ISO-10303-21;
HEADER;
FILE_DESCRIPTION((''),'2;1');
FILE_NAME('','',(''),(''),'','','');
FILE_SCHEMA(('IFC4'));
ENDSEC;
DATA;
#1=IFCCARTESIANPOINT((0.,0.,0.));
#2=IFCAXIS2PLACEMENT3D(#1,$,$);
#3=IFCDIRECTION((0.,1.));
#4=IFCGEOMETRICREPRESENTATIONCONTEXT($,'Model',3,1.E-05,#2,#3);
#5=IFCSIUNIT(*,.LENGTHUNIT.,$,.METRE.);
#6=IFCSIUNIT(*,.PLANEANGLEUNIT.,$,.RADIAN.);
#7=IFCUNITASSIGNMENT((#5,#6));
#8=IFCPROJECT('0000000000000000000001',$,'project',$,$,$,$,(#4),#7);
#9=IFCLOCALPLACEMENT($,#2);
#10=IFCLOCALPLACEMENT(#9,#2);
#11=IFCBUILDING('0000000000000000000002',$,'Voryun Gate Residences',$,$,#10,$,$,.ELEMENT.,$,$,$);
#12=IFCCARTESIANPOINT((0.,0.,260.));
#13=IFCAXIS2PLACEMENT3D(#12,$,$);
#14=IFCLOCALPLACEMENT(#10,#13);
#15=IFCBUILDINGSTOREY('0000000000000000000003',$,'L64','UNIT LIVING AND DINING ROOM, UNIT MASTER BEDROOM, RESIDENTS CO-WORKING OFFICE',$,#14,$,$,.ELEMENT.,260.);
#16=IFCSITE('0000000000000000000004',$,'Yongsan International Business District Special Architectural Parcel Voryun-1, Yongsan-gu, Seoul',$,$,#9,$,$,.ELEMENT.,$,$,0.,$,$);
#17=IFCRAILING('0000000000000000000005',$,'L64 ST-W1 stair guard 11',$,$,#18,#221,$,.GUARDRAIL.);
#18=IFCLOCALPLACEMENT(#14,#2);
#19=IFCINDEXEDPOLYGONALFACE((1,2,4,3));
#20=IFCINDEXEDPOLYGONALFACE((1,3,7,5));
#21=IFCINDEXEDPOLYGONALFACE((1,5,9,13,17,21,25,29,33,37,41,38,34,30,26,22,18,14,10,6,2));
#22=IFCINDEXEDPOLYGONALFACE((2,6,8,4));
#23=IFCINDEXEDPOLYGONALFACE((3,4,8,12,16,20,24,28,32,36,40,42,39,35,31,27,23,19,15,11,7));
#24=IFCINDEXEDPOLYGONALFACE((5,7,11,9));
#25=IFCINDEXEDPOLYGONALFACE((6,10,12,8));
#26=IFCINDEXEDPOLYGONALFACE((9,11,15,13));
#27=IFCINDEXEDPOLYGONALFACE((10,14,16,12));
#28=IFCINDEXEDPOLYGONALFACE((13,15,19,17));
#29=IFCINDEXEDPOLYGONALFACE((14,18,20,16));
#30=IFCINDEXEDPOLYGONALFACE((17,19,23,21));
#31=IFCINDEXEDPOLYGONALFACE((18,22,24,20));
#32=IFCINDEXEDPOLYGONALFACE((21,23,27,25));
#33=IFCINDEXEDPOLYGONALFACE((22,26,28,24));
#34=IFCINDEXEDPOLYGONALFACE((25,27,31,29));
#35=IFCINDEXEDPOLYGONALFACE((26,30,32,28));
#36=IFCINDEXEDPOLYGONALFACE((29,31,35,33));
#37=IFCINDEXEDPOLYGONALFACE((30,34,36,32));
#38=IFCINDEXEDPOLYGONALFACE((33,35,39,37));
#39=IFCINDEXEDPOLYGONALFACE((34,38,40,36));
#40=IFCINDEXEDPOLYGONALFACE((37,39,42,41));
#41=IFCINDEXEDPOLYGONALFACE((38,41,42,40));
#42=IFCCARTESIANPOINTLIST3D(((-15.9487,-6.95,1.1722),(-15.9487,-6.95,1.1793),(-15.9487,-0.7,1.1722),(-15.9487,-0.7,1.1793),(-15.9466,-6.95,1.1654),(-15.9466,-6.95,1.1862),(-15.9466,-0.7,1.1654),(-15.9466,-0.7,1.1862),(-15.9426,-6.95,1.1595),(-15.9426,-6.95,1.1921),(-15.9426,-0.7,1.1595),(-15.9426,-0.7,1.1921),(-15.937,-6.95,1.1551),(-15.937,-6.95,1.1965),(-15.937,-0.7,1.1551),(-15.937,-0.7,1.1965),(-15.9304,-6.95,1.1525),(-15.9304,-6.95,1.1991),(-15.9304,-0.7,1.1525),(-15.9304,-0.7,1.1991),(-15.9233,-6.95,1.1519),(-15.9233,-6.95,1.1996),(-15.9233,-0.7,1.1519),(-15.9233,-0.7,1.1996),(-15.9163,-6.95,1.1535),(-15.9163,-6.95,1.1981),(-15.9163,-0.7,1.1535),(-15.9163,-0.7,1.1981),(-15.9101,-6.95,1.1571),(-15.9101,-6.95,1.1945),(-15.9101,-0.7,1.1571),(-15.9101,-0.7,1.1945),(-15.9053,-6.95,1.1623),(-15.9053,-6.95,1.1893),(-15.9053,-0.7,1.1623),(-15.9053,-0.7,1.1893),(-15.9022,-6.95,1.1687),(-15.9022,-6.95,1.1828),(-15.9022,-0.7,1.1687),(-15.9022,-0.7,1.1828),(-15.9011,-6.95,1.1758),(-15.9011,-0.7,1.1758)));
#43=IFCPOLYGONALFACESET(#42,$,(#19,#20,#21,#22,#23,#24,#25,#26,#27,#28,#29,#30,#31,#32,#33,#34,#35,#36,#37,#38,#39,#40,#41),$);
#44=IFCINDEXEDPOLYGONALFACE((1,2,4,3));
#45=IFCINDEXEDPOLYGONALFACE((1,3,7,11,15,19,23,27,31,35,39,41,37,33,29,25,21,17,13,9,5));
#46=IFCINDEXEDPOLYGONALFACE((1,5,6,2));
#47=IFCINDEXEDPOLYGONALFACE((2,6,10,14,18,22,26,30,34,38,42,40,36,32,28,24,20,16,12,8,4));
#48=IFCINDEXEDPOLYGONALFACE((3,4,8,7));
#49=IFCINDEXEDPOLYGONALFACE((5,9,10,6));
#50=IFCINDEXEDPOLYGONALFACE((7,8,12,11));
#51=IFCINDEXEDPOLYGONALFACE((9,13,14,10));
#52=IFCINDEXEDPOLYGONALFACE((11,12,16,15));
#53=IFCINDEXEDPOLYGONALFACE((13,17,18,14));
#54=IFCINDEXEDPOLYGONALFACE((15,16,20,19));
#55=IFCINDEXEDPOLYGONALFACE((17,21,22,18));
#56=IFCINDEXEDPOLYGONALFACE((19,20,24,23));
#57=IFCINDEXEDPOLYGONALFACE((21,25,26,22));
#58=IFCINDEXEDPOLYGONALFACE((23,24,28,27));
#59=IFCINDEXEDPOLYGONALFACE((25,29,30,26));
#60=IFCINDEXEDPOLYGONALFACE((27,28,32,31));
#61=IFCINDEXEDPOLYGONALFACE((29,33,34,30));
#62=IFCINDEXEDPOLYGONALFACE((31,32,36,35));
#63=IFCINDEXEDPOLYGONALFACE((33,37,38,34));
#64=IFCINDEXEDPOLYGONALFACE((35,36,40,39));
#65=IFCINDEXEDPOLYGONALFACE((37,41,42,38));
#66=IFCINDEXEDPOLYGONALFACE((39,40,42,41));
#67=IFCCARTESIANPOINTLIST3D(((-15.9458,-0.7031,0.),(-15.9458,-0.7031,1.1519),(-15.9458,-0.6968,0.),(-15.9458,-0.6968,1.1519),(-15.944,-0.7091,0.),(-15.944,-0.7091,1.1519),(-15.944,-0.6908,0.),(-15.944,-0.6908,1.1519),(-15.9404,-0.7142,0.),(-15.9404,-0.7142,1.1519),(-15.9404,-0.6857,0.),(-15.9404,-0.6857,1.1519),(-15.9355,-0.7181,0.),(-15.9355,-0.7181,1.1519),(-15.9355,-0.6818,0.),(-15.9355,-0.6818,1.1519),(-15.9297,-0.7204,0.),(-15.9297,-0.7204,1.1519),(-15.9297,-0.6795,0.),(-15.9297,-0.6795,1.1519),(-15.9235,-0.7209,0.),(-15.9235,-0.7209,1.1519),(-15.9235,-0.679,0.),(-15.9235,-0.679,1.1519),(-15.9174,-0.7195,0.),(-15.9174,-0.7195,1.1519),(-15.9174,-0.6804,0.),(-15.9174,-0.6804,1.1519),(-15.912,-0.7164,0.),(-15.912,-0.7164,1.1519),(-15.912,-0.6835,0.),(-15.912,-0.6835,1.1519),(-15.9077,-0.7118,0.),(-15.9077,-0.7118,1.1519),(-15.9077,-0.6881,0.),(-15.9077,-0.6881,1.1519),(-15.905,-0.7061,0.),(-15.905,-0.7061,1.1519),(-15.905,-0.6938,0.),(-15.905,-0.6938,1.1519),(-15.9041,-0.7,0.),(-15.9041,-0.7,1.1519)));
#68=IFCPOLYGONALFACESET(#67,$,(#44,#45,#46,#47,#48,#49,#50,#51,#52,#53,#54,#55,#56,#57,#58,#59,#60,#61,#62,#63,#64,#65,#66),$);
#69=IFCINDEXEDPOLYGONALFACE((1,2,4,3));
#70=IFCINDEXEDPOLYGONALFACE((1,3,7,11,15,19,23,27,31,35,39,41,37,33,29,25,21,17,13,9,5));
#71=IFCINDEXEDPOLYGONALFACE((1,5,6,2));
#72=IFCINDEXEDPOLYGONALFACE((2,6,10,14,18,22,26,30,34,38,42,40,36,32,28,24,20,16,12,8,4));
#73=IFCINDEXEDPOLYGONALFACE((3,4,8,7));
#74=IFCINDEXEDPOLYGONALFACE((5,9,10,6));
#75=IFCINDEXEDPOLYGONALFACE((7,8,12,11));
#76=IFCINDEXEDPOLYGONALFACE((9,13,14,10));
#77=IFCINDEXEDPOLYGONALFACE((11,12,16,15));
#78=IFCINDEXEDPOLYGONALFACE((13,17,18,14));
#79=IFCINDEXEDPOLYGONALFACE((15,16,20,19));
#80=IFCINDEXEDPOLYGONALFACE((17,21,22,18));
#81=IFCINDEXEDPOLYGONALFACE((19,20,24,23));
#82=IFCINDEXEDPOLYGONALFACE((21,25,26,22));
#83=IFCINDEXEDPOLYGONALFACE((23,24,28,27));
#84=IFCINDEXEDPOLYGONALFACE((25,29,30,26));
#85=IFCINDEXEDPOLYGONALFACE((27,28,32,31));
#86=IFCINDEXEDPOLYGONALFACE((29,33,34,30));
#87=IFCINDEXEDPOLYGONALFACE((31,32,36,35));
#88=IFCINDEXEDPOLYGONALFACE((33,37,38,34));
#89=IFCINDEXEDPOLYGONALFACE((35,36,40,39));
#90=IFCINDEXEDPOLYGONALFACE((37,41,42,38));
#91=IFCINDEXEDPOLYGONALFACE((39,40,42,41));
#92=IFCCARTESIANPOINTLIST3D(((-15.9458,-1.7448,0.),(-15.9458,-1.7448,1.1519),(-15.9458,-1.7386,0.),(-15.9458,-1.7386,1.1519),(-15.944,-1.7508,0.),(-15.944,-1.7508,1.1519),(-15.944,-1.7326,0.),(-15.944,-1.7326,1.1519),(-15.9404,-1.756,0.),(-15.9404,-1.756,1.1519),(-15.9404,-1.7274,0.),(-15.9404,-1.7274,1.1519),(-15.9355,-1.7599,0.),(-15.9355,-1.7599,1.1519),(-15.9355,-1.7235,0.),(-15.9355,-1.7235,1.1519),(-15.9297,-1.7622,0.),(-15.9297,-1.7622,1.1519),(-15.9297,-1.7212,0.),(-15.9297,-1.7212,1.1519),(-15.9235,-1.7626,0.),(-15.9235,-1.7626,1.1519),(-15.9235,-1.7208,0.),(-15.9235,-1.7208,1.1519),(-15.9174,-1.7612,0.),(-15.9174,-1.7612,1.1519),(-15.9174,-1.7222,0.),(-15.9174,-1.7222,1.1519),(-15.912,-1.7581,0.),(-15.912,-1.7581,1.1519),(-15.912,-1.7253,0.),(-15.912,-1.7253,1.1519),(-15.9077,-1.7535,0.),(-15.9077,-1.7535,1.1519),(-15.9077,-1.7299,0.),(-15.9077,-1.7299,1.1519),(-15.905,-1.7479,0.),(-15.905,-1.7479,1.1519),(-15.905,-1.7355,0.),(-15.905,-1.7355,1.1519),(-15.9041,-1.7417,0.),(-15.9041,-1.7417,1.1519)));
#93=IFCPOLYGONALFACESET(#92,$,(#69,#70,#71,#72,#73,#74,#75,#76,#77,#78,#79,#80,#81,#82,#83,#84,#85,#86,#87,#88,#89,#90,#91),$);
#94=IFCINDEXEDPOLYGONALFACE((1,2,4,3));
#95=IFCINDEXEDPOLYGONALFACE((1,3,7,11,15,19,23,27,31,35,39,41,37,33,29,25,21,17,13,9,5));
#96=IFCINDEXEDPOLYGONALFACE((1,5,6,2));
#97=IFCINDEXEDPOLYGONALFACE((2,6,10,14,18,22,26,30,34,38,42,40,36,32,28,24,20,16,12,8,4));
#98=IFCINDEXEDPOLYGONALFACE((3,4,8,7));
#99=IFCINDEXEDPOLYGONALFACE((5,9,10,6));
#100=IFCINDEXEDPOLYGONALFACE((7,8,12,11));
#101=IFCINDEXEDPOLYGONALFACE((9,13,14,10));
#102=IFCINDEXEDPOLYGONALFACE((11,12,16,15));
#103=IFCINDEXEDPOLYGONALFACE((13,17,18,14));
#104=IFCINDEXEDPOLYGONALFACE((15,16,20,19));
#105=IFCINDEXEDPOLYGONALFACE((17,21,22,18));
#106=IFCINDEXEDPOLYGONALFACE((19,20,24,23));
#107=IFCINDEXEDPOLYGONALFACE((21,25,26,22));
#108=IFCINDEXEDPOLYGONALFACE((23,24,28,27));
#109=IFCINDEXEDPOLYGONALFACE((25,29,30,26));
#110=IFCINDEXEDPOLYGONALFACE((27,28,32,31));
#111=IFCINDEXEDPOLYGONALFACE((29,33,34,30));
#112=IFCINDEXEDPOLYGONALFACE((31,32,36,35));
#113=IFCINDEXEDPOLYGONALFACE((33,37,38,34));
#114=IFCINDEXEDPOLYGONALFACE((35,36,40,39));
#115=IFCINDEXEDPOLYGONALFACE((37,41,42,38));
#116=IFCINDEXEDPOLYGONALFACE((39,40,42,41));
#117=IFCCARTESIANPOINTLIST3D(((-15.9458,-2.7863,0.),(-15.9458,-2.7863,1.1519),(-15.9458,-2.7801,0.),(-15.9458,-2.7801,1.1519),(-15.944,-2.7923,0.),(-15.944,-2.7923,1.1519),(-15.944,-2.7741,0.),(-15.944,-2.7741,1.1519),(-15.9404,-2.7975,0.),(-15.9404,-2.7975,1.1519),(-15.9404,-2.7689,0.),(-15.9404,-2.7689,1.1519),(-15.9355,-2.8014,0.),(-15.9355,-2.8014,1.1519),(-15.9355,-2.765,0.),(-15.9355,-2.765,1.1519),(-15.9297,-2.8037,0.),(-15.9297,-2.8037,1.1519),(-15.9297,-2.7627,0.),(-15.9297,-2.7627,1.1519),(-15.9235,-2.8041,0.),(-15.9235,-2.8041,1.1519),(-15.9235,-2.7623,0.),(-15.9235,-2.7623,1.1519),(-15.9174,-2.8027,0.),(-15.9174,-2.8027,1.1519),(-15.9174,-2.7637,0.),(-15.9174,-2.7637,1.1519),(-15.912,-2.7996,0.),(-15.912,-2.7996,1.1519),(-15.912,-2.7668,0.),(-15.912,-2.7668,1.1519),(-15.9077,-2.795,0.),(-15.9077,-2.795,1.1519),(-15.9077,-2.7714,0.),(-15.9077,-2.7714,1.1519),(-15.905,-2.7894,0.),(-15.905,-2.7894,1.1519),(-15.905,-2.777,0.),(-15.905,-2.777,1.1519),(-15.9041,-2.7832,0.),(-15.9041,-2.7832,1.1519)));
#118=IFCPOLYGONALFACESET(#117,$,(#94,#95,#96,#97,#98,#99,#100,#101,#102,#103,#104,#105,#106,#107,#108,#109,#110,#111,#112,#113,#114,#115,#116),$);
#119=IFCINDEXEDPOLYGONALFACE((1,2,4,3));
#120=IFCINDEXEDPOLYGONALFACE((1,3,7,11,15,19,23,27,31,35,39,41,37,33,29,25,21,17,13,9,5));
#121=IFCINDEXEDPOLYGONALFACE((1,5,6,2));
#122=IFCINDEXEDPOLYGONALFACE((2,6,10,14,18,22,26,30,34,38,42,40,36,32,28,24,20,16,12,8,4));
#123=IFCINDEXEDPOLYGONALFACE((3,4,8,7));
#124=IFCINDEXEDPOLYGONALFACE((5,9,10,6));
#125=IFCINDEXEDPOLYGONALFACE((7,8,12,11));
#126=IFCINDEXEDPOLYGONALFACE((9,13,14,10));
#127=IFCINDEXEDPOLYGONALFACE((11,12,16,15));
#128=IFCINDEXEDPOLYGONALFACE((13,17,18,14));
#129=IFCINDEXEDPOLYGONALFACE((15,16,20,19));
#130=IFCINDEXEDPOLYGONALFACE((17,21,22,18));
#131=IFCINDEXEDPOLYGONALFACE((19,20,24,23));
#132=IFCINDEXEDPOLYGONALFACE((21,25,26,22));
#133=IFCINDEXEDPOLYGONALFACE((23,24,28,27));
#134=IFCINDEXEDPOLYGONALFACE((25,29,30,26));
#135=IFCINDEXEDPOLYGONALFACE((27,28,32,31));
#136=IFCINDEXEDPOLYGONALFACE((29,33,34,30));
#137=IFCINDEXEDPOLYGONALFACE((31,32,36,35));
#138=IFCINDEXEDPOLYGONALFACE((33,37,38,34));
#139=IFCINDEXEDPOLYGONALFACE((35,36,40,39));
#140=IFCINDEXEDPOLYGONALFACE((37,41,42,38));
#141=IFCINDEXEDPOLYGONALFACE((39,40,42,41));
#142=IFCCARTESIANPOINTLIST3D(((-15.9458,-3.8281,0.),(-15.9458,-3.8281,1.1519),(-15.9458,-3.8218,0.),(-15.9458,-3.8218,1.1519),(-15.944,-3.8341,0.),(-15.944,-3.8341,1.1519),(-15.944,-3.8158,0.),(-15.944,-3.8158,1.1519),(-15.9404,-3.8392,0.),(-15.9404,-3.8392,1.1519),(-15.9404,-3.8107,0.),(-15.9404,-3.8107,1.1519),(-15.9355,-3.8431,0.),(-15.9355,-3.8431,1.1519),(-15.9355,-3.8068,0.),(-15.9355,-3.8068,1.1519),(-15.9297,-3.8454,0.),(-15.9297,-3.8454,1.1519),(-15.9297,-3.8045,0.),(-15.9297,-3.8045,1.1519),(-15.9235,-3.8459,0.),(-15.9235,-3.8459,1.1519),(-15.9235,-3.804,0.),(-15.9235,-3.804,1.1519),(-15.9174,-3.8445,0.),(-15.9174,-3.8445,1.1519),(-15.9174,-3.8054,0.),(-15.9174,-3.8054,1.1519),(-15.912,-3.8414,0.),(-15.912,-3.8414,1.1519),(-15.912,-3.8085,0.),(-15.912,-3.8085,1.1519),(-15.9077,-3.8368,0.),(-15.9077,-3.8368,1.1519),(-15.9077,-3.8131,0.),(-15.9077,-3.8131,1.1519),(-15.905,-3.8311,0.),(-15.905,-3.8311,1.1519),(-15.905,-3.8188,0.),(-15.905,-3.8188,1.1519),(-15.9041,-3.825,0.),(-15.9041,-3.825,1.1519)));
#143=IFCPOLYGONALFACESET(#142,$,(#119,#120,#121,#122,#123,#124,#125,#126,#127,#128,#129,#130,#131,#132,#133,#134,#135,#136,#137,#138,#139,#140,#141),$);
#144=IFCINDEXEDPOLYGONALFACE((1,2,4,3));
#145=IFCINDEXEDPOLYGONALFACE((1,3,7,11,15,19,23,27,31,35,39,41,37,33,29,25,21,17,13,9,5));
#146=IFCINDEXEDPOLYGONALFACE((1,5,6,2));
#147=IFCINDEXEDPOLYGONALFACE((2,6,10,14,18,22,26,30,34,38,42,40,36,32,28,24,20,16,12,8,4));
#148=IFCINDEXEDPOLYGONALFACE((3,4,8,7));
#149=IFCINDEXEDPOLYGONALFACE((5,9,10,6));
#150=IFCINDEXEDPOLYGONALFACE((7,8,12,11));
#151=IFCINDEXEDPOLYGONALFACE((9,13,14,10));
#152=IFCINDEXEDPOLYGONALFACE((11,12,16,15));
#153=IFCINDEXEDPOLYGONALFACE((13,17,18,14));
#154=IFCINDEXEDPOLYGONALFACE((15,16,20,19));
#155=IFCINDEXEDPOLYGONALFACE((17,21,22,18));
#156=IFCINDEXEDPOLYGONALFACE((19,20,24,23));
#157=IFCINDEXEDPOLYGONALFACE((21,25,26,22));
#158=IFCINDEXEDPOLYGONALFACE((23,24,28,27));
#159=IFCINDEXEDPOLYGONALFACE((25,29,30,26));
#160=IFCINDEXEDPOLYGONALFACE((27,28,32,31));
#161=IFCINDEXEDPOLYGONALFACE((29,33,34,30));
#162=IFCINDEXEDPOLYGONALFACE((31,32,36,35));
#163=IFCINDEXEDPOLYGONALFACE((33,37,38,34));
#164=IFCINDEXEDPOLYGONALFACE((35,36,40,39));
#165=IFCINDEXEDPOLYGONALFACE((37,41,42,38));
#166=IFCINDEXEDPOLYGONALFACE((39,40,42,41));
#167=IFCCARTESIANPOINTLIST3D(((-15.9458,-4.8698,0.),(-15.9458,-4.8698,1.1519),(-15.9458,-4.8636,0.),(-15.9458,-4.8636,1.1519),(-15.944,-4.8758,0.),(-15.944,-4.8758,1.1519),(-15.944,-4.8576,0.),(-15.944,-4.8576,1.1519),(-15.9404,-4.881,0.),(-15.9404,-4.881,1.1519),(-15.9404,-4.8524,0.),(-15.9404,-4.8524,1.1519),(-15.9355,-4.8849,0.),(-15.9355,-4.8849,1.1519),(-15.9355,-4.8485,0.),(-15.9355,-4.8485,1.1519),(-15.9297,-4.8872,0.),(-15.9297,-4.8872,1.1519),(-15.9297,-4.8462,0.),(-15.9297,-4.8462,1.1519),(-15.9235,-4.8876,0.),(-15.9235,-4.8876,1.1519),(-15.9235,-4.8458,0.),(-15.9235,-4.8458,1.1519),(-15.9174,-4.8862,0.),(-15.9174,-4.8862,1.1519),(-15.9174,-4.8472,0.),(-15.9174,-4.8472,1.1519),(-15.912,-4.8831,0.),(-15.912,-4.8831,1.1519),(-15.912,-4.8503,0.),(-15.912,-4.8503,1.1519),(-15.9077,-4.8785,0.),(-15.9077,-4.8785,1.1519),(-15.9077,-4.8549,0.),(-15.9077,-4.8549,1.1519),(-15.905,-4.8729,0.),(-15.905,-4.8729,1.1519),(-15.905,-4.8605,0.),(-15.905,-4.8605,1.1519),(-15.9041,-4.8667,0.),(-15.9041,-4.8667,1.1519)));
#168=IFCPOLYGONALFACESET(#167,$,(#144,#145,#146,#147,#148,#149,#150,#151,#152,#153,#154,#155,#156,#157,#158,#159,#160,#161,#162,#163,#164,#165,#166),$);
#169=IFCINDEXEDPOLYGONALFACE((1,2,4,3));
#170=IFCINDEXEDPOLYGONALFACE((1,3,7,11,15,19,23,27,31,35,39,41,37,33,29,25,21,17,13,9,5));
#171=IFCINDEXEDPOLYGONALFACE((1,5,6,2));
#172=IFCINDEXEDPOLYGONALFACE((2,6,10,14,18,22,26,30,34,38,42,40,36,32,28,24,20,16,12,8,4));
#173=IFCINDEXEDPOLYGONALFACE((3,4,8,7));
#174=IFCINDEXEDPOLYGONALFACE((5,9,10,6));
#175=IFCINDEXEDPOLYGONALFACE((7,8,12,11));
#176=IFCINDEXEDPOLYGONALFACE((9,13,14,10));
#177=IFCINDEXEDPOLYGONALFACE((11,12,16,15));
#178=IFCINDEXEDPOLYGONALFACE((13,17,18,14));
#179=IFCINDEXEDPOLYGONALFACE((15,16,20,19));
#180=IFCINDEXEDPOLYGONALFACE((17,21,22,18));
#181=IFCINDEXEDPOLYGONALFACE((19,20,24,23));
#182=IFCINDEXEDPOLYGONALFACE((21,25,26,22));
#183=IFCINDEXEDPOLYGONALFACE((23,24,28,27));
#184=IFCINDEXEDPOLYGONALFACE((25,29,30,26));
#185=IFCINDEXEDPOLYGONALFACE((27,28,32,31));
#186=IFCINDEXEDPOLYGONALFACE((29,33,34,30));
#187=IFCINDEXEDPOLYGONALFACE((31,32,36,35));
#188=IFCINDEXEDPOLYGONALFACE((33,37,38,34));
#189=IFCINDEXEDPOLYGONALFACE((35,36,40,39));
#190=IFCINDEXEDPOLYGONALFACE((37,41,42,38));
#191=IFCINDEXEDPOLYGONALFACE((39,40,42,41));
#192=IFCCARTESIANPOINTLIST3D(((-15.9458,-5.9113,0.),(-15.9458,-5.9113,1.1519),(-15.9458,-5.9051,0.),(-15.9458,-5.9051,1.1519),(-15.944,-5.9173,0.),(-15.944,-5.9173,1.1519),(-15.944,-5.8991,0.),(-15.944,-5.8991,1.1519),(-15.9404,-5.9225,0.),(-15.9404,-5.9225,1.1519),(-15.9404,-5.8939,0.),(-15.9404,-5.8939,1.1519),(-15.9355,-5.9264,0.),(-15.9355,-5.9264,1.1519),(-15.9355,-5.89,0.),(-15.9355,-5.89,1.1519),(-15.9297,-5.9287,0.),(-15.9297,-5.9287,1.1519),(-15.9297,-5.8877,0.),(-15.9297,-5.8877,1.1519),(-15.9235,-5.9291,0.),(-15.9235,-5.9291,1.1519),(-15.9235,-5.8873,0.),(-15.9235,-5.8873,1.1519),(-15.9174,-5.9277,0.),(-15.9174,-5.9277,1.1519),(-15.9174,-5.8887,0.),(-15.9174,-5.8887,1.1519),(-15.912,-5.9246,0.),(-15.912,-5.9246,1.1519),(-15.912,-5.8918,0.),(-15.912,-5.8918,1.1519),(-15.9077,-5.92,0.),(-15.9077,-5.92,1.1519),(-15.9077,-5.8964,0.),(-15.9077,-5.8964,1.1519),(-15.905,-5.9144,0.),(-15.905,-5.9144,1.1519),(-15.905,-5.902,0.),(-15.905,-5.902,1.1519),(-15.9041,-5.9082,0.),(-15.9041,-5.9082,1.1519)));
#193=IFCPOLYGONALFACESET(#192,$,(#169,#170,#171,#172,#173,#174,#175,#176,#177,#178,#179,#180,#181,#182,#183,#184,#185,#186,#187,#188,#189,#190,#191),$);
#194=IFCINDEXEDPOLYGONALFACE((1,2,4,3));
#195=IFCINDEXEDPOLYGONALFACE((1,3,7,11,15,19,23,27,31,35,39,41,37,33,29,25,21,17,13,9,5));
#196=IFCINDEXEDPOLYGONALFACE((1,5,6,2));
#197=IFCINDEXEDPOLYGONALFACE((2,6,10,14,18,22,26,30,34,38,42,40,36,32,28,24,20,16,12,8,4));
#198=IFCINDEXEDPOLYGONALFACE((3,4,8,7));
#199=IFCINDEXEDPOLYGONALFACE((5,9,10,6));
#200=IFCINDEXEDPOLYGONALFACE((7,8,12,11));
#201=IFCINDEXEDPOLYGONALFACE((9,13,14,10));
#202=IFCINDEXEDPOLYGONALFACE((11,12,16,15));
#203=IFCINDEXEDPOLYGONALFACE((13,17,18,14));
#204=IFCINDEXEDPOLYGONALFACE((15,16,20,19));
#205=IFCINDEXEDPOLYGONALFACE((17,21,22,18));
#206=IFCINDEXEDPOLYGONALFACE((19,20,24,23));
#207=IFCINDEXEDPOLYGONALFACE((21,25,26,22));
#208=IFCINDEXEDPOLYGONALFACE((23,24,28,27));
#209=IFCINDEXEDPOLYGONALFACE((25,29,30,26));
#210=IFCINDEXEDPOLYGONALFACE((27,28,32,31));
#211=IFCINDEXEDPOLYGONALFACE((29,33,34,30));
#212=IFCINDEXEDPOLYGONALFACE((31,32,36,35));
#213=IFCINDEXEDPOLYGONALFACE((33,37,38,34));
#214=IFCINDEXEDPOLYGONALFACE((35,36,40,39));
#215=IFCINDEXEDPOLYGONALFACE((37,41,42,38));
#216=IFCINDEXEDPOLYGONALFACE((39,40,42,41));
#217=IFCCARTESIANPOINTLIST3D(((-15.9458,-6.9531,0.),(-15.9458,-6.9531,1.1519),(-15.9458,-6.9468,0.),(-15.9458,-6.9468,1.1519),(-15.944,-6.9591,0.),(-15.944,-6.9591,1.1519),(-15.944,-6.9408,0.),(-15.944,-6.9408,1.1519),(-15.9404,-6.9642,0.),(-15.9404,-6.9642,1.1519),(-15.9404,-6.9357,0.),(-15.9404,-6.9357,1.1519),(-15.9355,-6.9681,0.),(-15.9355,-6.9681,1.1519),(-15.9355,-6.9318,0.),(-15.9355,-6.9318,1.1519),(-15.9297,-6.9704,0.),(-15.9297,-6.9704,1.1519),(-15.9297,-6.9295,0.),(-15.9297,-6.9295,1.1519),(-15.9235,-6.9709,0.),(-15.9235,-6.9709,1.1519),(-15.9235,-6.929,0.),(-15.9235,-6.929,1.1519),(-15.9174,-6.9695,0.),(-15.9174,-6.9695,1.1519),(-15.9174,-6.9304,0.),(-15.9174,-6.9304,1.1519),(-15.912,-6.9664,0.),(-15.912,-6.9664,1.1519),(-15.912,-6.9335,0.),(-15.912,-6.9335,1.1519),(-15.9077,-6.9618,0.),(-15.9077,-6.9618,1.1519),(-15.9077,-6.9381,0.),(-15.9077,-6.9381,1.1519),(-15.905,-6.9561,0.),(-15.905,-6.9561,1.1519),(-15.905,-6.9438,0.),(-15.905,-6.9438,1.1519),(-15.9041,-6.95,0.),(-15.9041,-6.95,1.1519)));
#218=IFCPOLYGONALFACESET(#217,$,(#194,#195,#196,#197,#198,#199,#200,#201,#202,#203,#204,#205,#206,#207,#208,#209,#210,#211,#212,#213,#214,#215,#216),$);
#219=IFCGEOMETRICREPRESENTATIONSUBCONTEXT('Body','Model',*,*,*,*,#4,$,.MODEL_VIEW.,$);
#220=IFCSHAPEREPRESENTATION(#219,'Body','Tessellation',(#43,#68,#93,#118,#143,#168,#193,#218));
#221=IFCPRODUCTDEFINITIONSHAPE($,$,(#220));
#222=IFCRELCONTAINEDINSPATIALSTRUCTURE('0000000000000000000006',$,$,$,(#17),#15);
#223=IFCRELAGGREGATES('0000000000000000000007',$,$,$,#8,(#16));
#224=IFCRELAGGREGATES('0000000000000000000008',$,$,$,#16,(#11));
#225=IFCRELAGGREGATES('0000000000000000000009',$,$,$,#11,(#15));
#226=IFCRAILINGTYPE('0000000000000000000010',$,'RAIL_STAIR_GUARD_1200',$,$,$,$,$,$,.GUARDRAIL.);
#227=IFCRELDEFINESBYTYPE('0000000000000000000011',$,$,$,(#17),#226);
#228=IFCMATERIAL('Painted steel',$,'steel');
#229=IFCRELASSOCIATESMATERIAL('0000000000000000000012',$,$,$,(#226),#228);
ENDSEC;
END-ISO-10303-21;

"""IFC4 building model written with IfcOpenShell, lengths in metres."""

from ifc_helpers import new_model, si_unit, direction, frame, origin, origin_2d, place, context, subcontext, project, spatial, circle, extrude, material, type_object, element, save


model = new_model("IFC4")

# Units and contexts
model_context = context("Model", 3, precision=1e-05, world=origin(), true_north=direction((0.0, 1.0)))
body_context = subcontext(model_context, "Body", "Model", "MODEL_VIEW")
ifc_project = project(units=[si_unit("LENGTHUNIT", "METRE"), si_unit("PLANEANGLEUNIT", "RADIAN")], contexts=[model_context])

# Site, building, storey
site_placement = place(None, origin())
site = spatial("IfcSite", under=ifc_project, at=site_placement, Name="Yongsan International Business District Special Architectural Parcel Voryun-1, Yongsan-gu, Seoul", CompositionType="ELEMENT", RefElevation=0.0)
building_placement = place(site_placement, origin())
building = spatial("IfcBuilding", under=site, at=building_placement, Name="Voryun Gate Residences", CompositionType="ELEMENT")
storey_placement = place(building_placement, frame((0.0, 0.0, 260.0)))
storey = spatial("IfcBuildingStorey", under=building, at=storey_placement, Name="L64", Description="UNIT LIVING AND DINING ROOM, UNIT MASTER BEDROOM, RESIDENTS CO-WORKING OFFICE", CompositionType="ELEMENT", Elevation=260.0)

# Railing
ifc_material_1 = material(Name="Painted steel", Category="steel")
railing_type_1 = type_object("IfcRailingType", Name="RAIL_STAIR_GUARD_1200", PredefinedType="GUARDRAIL", material=ifc_material_1)
railing_1_placement = place(storey_placement, frame((-15.925, -0.7, 0.0)))
element("IfcRailing", 1, at=railing_1_placement, inside=storey, type_object=railing_type_1, Name="L64 ST-W1 stair guard 11", PredefinedType="GUARDRAIL", context=body_context, shape_type="SweptSolid", body=[
    extrude(circle(Radius=0.0239, at=origin_2d()), frame((0.0, 0.0, 1.1758), z_axis=(0.0, -1.0, 0.0), x_axis=(1.0, 0.0, 0.0)), (0.0, 0.0, 1.0), 6.25),
    extrude(circle(Radius=0.021, at=origin_2d()), origin(), (0.0, 0.0, 1.0), 1.1519),
    extrude(circle(Radius=0.021, at=origin_2d()), frame((0.0, -1.0417, 0.0)), (0.0, 0.0, 1.0), 1.1519),
    extrude(circle(Radius=0.021, at=origin_2d()), frame((0.0, -2.0833, 0.0)), (0.0, 0.0, 1.0), 1.1519),
    extrude(circle(Radius=0.021, at=origin_2d()), frame((0.0, -3.125, 0.0)), (0.0, 0.0, 1.0), 1.1519),
    extrude(circle(Radius=0.021, at=origin_2d()), frame((0.0, -4.1667, 0.0)), (0.0, 0.0, 1.0), 1.1519),
    extrude(circle(Radius=0.021, at=origin_2d()), frame((0.0, -5.2083, 0.0)), (0.0, 0.0, 1.0), 1.1519),
    extrude(circle(Radius=0.021, at=origin_2d()), frame((0.0, -6.25, 0.0)), (0.0, 0.0, 1.0), 1.1519),
])

save(model, "model.ifc")
